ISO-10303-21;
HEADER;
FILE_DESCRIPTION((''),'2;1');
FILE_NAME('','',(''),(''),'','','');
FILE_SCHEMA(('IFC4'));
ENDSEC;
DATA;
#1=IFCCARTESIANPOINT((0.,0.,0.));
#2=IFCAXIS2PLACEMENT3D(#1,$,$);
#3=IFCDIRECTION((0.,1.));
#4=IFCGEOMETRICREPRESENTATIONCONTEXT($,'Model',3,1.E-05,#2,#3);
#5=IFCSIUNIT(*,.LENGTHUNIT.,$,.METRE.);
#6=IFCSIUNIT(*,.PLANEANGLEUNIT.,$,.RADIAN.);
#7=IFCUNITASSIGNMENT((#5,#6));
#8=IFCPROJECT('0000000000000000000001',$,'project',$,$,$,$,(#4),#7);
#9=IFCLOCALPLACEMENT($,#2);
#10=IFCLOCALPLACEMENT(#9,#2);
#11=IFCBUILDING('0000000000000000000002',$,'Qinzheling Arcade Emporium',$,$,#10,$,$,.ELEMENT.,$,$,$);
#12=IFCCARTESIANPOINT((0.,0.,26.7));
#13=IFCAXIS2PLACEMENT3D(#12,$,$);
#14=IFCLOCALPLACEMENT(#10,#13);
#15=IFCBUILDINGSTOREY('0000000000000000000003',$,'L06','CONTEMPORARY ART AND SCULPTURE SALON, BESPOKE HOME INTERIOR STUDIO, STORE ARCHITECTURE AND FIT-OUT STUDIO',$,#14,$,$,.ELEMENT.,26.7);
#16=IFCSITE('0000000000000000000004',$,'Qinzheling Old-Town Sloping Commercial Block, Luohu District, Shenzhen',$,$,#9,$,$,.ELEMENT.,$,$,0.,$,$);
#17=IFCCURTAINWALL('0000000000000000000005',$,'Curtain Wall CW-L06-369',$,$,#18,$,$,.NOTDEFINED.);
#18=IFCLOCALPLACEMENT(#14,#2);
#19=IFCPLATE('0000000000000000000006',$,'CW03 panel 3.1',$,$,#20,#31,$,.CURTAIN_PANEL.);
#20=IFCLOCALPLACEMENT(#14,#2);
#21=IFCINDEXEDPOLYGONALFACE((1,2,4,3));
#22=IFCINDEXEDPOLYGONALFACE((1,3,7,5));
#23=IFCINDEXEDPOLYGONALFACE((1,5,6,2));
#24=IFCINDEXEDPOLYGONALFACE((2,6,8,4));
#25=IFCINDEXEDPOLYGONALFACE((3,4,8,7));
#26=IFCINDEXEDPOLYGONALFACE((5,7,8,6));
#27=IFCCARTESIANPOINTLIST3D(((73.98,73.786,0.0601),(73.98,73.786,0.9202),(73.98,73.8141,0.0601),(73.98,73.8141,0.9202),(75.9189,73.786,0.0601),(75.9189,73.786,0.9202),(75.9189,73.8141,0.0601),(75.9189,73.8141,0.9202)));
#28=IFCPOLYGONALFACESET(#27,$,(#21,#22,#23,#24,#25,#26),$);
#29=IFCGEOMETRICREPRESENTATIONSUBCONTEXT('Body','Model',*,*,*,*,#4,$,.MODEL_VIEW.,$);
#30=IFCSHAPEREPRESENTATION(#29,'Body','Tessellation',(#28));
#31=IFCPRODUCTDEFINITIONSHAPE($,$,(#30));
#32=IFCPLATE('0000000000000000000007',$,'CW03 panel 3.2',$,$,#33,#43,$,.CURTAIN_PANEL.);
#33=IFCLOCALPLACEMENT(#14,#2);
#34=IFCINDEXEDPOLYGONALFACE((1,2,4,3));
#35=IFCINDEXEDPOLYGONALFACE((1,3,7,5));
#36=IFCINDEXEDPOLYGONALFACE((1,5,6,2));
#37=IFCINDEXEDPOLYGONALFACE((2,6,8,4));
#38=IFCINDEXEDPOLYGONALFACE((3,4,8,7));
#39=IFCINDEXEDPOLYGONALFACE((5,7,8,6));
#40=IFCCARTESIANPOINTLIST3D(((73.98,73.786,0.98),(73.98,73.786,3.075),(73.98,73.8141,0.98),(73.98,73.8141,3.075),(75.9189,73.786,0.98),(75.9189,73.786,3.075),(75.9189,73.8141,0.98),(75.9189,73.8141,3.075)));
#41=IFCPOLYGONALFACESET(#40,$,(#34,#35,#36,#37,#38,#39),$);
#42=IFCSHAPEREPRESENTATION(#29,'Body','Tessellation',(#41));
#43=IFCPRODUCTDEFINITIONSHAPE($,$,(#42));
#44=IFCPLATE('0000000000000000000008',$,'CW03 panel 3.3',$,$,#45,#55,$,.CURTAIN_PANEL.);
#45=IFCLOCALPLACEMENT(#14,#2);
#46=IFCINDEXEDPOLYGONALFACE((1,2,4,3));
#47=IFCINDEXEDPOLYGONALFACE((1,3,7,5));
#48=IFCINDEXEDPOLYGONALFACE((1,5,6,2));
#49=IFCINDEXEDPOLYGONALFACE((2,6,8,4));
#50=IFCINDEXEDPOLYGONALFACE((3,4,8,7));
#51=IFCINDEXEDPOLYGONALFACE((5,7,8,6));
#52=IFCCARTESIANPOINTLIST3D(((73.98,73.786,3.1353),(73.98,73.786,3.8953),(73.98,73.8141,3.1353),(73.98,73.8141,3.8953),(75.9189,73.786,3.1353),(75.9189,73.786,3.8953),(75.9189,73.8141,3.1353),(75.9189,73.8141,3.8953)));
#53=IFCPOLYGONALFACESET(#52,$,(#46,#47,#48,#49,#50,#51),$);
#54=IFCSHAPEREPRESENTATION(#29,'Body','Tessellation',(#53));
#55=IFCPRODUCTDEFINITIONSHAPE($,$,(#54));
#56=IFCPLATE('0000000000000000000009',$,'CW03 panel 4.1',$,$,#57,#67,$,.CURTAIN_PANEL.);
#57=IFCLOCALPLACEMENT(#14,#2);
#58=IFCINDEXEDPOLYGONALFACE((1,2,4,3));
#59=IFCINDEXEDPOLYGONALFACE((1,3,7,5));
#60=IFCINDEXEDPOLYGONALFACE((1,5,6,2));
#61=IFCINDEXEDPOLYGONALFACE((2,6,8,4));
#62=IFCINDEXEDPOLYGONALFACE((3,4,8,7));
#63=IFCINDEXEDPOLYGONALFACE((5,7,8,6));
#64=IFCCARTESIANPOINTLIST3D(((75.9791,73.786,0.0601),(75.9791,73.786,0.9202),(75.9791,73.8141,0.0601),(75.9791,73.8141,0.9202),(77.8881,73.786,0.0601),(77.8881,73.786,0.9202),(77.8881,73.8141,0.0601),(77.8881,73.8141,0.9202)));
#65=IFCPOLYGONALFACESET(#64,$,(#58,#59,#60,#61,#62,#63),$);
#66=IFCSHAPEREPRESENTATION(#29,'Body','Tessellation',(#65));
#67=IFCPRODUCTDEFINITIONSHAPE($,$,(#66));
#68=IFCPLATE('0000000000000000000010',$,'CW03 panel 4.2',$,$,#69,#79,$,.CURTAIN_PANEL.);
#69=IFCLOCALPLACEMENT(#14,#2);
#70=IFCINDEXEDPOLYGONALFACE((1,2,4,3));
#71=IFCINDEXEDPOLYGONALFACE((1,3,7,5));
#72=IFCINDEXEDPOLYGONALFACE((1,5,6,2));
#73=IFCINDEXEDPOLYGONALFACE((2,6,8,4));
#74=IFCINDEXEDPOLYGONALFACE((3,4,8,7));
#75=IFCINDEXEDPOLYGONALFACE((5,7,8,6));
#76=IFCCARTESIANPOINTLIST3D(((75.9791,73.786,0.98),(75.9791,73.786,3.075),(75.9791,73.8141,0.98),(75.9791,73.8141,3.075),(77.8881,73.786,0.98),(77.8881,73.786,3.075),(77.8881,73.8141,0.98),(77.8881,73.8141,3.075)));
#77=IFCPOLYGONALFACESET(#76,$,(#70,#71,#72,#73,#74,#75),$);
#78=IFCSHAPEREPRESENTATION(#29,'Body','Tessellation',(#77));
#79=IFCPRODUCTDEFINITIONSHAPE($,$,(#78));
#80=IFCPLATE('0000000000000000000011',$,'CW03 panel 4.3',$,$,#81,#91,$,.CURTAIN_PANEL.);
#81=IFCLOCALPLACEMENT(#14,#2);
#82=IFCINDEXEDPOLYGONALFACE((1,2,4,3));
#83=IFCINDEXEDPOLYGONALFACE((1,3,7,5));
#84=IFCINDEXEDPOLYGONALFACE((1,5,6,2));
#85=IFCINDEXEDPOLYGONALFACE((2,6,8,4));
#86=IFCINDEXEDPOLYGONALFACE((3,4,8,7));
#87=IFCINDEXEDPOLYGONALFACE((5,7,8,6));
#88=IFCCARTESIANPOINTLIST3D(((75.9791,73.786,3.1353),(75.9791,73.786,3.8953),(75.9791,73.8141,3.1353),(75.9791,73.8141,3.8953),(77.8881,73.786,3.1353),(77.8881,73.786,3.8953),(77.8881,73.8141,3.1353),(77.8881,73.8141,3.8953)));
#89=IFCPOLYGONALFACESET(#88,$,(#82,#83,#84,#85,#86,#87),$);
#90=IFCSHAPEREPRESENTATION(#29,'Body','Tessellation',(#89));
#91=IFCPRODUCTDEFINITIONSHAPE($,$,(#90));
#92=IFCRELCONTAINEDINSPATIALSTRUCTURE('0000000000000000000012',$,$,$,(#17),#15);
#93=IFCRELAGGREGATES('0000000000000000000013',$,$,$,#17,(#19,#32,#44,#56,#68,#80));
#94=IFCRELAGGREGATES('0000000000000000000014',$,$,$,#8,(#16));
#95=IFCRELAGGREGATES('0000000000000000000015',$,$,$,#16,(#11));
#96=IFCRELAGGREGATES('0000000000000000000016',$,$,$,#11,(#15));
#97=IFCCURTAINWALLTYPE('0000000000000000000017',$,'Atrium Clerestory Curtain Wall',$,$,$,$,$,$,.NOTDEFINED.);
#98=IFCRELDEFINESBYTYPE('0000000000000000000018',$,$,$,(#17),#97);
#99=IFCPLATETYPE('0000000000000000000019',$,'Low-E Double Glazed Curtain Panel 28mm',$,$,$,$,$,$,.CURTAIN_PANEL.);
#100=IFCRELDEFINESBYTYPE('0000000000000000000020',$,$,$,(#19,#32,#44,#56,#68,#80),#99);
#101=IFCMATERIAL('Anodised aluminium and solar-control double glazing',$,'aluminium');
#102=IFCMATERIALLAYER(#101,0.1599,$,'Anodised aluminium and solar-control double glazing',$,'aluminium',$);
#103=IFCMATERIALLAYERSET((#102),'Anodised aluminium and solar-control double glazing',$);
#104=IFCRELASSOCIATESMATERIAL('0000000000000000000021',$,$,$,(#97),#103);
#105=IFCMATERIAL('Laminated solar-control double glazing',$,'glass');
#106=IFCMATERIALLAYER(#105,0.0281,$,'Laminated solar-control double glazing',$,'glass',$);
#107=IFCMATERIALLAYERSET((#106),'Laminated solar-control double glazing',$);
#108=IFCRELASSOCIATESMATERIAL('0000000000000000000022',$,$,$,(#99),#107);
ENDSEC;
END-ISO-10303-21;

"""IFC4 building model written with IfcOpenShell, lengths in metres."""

from ifc_helpers import new_model, si_unit, direction, frame, origin, origin_2d, place, context, subcontext, project, spatial, rectangle, extrude, material, layer, layer_set, type_object, element, aggregate, save


model = new_model("IFC4")

# Units and contexts
model_context = context("Model", 3, precision=1e-05, world=origin(), true_north=direction((0.0, 1.0)))
body_context = subcontext(model_context, "Body", "Model", "MODEL_VIEW")
ifc_project = project(units=[si_unit("LENGTHUNIT", "METRE"), si_unit("PLANEANGLEUNIT", "RADIAN")], contexts=[model_context])

# Site, building, storey
site_placement = place(None, origin())
site = spatial("IfcSite", under=ifc_project, at=site_placement, Name="Qinzheling Old-Town Sloping Commercial Block, Luohu District, Shenzhen", CompositionType="ELEMENT", RefElevation=0.0)
building_placement = place(site_placement, origin())
building = spatial("IfcBuilding", under=site, at=building_placement, Name="Qinzheling Arcade Emporium", CompositionType="ELEMENT")
storey_placement = place(building_placement, frame((0.0, 0.0, 26.7)))
storey = spatial("IfcBuildingStorey", under=building, at=storey_placement, Name="L06", Description="CONTEMPORARY ART AND SCULPTURE SALON, BESPOKE HOME INTERIOR STUDIO, STORE ARCHITECTURE AND FIT-OUT STUDIO", CompositionType="ELEMENT", Elevation=26.7)

# Curtain wall, plates
ifc_material_1 = material(Name="Anodised aluminium and solar-control double glazing", Category="aluminium")
ifc_layer_1 = layer(ifc_material_1, 0.1599, Name="Anodised aluminium and solar-control double glazing", Category="aluminium")
ifc_layer_set_1 = layer_set([ifc_layer_1], Name="Anodised aluminium and solar-control double glazing")
curtain_wall_type = type_object("IfcCurtainWallType", Name="Atrium Clerestory Curtain Wall", PredefinedType="NOTDEFINED", material=ifc_layer_set_1)
curtain_wall_placement = place(storey_placement, origin())
curtain_wall = element("IfcCurtainWall", 1, at=curtain_wall_placement, inside=storey, type_object=curtain_wall_type, Name="Curtain Wall CW-L06-369", PredefinedType="NOTDEFINED")
ifc_material_2 = material(Name="Laminated solar-control double glazing", Category="glass")
ifc_layer_2 = layer(ifc_material_2, 0.0281, Name="Laminated solar-control double glazing", Category="glass")
ifc_layer_set_2 = layer_set([ifc_layer_2], Name="Laminated solar-control double glazing")
plate_type = type_object("IfcPlateType", Name="Low-E Double Glazed Curtain Panel 28mm", PredefinedType="CURTAIN_PANEL", material=ifc_layer_set_2)
plate_1_placement = place(storey_placement, frame((74.9495, 73.8, 0.0601), z_axis=(0.0, 0.0, 1.0), x_axis=(1.0, 0.0, 0.0)))
plate_1 = element("IfcPlate", 2, at=plate_1_placement, type_object=plate_type, Name="CW03 panel 3.1", PredefinedType="CURTAIN_PANEL", context=body_context, shape_type="SweptSolid", body=[
    extrude(rectangle(XDim=1.939, YDim=0.0281, at=origin_2d()), origin(), (0.0, 0.0, 1.0), 0.8601),
])
plate_2_placement = place(storey_placement, frame((74.9495, 73.8, 0.98), z_axis=(0.0, 0.0, 1.0), x_axis=(1.0, 0.0, 0.0)))
plate_2 = element("IfcPlate", 3, at=plate_2_placement, type_object=plate_type, Name="CW03 panel 3.2", PredefinedType="CURTAIN_PANEL", context=body_context, shape_type="SweptSolid", body=[
    extrude(rectangle(XDim=1.939, YDim=0.0281, at=origin_2d()), origin(), (0.0, 0.0, 1.0), 2.095),
])
plate_3_placement = place(storey_placement, frame((74.9495, 73.8, 3.1353), z_axis=(0.0, 0.0, 1.0), x_axis=(1.0, 0.0, 0.0)))
plate_3 = element("IfcPlate", 4, at=plate_3_placement, type_object=plate_type, Name="CW03 panel 3.3", PredefinedType="CURTAIN_PANEL", context=body_context, shape_type="SweptSolid", body=[
    extrude(rectangle(XDim=1.939, YDim=0.0281, at=origin_2d()), origin(), (0.0, 0.0, 1.0), 0.76),
])
plate_4_placement = place(storey_placement, frame((76.9336, 73.8, 0.0601), z_axis=(0.0, 0.0, 1.0), x_axis=(1.0, 0.0, 0.0)))
plate_4 = element("IfcPlate", 5, at=plate_4_placement, type_object=plate_type, Name="CW03 panel 4.1", PredefinedType="CURTAIN_PANEL", context=body_context, shape_type="SweptSolid", body=[
    extrude(rectangle(XDim=1.9089, YDim=0.0281, at=origin_2d()), origin(), (0.0, 0.0, 1.0), 0.8601),
])
plate_5_placement = place(storey_placement, frame((76.9336, 73.8, 0.98), z_axis=(0.0, 0.0, 1.0), x_axis=(1.0, 0.0, 0.0)))
plate_5 = element("IfcPlate", 6, at=plate_5_placement, type_object=plate_type, Name="CW03 panel 4.2", PredefinedType="CURTAIN_PANEL", context=body_context, shape_type="SweptSolid", body=[
    extrude(rectangle(XDim=1.9089, YDim=0.0281, at=origin_2d()), origin(), (0.0, 0.0, 1.0), 2.095),
])
plate_6_placement = place(storey_placement, frame((76.9336, 73.8, 3.1353), z_axis=(0.0, 0.0, 1.0), x_axis=(1.0, 0.0, 0.0)))
plate_6 = element("IfcPlate", 7, at=plate_6_placement, type_object=plate_type, Name="CW03 panel 4.3", PredefinedType="CURTAIN_PANEL", context=body_context, shape_type="SweptSolid", body=[
    extrude(rectangle(XDim=1.9089, YDim=0.0281, at=origin_2d()), origin(), (0.0, 0.0, 1.0), 0.76),
])
aggregate(curtain_wall, [plate_1, plate_2, plate_3, plate_4, plate_5, plate_6])

save(model, "model.ifc")
